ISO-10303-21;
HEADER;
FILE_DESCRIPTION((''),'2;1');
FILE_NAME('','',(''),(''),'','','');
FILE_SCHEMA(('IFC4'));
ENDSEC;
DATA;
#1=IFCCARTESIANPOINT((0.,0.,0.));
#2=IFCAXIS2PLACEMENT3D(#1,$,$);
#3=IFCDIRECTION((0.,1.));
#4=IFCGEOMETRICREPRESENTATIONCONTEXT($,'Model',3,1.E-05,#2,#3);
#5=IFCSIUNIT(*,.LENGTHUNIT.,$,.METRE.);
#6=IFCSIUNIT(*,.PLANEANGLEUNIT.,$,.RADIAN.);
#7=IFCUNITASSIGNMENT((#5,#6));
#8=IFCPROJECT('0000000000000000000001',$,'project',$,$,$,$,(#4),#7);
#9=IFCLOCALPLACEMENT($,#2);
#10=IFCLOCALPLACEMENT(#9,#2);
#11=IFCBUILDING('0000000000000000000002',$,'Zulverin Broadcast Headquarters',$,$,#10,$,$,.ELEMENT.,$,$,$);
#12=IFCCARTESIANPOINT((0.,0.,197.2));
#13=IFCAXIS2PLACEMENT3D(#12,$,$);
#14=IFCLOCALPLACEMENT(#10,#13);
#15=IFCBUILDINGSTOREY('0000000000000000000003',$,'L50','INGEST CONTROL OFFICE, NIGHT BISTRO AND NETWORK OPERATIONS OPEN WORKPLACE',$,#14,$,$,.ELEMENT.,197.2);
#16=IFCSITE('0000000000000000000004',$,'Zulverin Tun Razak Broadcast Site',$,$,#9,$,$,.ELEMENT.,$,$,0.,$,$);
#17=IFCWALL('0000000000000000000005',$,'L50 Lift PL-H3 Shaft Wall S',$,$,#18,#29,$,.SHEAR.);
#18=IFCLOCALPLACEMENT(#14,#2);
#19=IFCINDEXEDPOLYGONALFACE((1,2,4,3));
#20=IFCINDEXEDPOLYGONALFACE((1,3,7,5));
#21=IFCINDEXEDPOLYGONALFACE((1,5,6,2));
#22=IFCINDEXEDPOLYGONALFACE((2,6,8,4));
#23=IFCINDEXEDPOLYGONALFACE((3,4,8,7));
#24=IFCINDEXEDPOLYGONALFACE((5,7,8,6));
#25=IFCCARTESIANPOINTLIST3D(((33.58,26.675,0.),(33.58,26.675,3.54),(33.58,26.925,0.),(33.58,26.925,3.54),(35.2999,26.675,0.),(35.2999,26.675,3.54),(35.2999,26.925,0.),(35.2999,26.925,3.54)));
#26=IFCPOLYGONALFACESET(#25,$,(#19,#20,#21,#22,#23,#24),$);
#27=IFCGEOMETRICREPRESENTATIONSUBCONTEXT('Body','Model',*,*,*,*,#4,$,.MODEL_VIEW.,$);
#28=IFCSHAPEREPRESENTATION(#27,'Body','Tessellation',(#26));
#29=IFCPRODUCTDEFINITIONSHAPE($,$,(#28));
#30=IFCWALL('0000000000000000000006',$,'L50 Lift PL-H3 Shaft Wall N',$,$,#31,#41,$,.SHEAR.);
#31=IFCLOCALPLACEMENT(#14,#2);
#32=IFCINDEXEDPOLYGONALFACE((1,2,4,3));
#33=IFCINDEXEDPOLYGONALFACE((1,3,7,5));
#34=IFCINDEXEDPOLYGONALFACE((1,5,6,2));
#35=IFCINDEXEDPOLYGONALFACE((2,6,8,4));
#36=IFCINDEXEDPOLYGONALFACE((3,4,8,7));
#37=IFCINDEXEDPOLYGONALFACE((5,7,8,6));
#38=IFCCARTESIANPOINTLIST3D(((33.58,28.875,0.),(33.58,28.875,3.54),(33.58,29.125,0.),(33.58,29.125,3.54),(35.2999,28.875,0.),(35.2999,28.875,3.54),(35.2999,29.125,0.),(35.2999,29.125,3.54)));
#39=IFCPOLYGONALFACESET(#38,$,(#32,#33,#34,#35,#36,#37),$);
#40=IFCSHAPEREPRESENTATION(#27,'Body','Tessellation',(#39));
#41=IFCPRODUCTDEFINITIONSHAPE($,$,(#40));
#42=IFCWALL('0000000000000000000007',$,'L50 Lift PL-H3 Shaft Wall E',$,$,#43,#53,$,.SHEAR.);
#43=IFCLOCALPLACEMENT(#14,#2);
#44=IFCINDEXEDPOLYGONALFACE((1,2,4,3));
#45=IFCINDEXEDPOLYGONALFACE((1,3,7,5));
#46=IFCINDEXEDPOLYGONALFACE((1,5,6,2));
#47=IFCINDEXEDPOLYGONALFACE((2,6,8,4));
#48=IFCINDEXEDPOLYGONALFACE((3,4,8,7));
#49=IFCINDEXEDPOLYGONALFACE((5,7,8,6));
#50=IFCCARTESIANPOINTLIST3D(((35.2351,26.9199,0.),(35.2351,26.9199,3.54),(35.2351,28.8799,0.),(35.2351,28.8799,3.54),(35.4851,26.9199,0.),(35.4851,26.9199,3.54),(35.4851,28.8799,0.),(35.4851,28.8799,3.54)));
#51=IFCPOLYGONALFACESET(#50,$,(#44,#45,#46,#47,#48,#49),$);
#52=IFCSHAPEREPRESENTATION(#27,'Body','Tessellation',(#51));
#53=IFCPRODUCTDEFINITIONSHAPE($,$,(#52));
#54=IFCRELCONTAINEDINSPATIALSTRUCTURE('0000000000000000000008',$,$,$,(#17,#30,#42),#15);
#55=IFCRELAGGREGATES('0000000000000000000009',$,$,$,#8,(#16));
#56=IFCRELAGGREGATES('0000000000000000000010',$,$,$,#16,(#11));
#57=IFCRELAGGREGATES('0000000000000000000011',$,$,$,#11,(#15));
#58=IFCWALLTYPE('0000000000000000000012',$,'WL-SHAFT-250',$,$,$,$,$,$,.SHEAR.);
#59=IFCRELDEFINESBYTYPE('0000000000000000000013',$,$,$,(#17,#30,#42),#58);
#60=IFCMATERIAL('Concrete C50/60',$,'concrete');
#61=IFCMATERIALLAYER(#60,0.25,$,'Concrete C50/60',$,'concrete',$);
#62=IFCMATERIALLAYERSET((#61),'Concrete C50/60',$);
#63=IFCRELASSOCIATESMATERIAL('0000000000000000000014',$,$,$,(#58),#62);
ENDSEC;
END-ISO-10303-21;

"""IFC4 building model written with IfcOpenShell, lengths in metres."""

from ifc_helpers import new_model, si_unit, direction, frame, frame_2d, origin, place, context, subcontext, project, spatial, rectangle, extrude, material, layer, layer_set, type_object, element, save


model = new_model("IFC4")

# Units and contexts
model_context = context("Model", 3, precision=1e-05, world=origin(), true_north=direction((0.0, 1.0)))
body_context = subcontext(model_context, "Body", "Model", "MODEL_VIEW")
ifc_project = project(units=[si_unit("LENGTHUNIT", "METRE"), si_unit("PLANEANGLEUNIT", "RADIAN")], contexts=[model_context])

# Site, building, storey
site_placement = place(None, origin())
site = spatial("IfcSite", under=ifc_project, at=site_placement, Name="Zulverin Tun Razak Broadcast Site", CompositionType="ELEMENT", RefElevation=0.0)
building_placement = place(site_placement, origin())
building = spatial("IfcBuilding", under=site, at=building_placement, Name="Zulverin Broadcast Headquarters", CompositionType="ELEMENT")
storey_placement = place(building_placement, frame((0.0, 0.0, 197.2)))
storey = spatial("IfcBuildingStorey", under=building, at=storey_placement, Name="L50", Description="INGEST CONTROL OFFICE, NIGHT BISTRO AND NETWORK OPERATIONS OPEN WORKPLACE", CompositionType="ELEMENT", Elevation=197.2)

# Walls
ifc_material_1 = material(Name="Concrete C50/60", Category="concrete")
ifc_layer_1 = layer(ifc_material_1, 0.25, Name="Concrete C50/60", Category="concrete")
ifc_layer_set_1 = layer_set([ifc_layer_1], Name="Concrete C50/60")
wall_type_1 = type_object("IfcWallType", Name="WL-SHAFT-250", PredefinedType="SHEAR", material=ifc_layer_set_1)
for number, where, z_axis, x_axis, name in (
    (1, (33.5801, 26.8, 0.0), (0.0, 0.0, 1.0), (1.0, 0.0, 0.0), "L50 Lift PL-H3 Shaft Wall S"),
    (2, (33.5801, 29.0, 0.0), (0.0, 0.0, 1.0), (1.0, 0.0, 0.0), "L50 Lift PL-H3 Shaft Wall N"),
):
    element("IfcWall", number, at=place(storey_placement, frame(where, z_axis=z_axis, x_axis=x_axis)), inside=storey, type_object=wall_type_1, Name=name, PredefinedType="SHEAR", context=body_context, shape_type="SweptSolid", body=[
        extrude(rectangle(XDim=1.72, YDim=0.25, at=frame_2d((0.8599, 0.0))), origin(), (0.0, 0.0, 1.0), 3.54),
    ])
wall_1_placement = place(storey_placement, frame((35.3601, 26.9199, 0.0), z_axis=(0.0, 0.0, 1.0), x_axis=(0.0, 1.0, 0.0)))
element("IfcWall", 3, at=wall_1_placement, inside=storey, type_object=wall_type_1, Name="L50 Lift PL-H3 Shaft Wall E", PredefinedType="SHEAR", context=body_context, shape_type="SweptSolid", body=[
    extrude(rectangle(XDim=1.96, YDim=0.25, at=frame_2d((0.98, 0.0))), origin(), (0.0, 0.0, 1.0), 3.54),
])

save(model, "model.ifc")
